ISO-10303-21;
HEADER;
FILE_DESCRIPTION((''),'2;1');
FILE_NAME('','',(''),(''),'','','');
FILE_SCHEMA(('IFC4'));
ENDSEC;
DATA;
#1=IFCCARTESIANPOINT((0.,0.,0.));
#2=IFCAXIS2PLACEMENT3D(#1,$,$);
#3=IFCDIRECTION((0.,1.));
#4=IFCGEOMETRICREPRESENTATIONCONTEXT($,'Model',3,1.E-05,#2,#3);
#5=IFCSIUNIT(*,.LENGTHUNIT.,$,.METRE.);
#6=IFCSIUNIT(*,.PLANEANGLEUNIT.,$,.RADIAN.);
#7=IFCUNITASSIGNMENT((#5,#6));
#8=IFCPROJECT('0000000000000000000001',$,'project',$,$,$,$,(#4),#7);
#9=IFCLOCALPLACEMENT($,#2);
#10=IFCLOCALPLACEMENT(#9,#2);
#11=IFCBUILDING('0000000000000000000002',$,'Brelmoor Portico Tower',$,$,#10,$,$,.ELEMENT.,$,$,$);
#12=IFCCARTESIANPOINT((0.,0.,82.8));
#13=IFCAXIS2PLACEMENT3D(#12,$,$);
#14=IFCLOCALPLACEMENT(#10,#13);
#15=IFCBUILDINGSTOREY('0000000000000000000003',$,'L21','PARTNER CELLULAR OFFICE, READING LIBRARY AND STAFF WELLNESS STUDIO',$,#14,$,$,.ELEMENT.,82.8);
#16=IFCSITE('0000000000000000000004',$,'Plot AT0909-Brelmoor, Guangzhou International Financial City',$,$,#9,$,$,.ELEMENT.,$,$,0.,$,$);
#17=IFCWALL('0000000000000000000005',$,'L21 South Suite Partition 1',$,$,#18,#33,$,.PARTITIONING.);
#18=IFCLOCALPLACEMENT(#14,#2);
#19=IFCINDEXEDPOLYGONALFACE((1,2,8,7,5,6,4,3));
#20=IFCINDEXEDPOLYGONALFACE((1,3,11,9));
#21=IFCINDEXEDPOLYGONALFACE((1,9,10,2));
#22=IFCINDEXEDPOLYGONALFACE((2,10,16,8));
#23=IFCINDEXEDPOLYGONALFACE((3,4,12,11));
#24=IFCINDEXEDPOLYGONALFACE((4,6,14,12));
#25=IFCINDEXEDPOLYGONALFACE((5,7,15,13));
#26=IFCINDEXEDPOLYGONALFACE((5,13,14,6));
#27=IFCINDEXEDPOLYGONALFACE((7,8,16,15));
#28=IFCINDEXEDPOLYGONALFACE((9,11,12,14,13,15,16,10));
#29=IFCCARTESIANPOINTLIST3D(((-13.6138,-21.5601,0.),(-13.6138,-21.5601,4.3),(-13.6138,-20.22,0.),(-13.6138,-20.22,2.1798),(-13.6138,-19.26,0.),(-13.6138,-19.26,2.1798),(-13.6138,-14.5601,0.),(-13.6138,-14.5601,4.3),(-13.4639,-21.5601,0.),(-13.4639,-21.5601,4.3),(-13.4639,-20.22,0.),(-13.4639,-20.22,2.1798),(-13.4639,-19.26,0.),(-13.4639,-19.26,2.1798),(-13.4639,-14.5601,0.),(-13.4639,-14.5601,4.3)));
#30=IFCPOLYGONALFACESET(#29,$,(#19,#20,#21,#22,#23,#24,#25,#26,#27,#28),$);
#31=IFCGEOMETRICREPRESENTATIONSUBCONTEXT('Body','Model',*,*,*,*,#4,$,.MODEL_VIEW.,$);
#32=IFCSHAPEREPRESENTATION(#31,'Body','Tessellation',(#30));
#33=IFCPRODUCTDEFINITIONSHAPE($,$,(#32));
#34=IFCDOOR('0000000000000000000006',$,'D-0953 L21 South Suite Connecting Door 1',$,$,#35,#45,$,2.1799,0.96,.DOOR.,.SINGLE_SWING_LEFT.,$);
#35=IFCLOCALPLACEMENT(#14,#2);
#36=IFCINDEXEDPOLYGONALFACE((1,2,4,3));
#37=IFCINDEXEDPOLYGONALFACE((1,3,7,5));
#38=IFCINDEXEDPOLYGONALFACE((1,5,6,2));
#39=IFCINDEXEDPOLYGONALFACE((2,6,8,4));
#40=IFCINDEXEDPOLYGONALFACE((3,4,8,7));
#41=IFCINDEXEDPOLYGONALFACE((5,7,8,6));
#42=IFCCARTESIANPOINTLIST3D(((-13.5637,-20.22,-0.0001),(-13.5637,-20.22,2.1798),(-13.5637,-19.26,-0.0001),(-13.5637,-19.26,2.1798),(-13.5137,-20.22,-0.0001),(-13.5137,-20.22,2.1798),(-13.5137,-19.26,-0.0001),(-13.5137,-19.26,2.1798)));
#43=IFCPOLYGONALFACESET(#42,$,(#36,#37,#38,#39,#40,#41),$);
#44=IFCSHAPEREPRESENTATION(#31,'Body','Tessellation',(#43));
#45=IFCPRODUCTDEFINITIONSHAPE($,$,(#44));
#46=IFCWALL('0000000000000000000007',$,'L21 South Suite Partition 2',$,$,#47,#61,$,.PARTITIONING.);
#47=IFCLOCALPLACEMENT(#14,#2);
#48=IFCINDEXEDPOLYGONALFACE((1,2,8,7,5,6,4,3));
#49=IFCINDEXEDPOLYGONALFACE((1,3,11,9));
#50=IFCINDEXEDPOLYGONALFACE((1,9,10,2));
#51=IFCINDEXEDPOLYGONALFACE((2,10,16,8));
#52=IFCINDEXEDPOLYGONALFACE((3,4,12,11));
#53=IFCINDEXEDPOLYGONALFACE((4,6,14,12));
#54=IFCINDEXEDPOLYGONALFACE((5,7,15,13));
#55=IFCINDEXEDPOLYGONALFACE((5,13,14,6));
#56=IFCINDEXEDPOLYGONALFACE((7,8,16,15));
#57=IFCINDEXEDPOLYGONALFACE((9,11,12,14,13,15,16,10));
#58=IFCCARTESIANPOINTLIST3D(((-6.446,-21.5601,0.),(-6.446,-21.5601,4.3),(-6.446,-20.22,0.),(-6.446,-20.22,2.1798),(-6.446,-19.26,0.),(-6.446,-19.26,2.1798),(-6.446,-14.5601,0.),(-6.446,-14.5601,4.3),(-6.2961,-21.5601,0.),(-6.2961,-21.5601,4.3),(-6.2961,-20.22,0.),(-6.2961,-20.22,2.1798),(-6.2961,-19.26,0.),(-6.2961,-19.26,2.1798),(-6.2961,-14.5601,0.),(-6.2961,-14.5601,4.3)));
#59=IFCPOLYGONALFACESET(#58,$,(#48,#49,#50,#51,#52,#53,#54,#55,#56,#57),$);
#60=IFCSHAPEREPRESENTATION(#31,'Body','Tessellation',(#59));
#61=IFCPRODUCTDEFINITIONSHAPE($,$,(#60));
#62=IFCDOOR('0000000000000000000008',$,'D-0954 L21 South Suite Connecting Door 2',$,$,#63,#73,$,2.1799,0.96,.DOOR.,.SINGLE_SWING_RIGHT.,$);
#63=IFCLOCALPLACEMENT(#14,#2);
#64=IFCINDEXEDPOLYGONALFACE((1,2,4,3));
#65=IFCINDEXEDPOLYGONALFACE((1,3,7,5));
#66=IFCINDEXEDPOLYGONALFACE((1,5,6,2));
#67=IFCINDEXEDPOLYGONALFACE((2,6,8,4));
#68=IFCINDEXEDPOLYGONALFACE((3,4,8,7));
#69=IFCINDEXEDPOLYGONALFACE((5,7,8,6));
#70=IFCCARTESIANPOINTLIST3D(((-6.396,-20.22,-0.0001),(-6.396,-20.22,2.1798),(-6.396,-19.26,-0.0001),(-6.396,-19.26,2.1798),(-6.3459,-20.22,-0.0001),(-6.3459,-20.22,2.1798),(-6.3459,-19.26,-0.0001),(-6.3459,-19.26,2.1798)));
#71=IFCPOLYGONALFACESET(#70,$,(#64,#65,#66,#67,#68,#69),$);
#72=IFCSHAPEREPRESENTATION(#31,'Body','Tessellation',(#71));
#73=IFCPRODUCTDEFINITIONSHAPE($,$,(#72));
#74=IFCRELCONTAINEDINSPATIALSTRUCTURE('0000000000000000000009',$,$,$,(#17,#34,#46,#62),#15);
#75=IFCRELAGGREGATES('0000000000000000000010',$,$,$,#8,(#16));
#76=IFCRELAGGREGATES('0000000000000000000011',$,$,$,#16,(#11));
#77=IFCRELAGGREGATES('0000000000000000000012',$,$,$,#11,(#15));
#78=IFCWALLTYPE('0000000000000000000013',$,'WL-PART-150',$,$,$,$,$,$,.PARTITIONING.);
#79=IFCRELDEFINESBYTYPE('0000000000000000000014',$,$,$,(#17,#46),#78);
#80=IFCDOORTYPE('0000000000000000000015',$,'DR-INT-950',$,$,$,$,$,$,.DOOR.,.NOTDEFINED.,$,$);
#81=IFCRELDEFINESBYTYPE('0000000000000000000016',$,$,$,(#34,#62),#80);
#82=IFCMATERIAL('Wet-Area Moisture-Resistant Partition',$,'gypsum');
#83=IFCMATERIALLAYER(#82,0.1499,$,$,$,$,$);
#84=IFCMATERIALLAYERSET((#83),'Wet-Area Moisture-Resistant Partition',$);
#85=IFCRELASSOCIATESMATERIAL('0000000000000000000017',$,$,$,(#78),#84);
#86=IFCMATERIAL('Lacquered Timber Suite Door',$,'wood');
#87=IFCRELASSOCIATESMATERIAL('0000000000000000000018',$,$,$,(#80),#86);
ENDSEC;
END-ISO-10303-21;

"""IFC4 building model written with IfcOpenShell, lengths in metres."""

from ifc_helpers import new_model, si_unit, direction, frame, frame_2d, origin, place, context, subcontext, project, spatial, rectangle, extrude, material, layer, layer_set, type_object, element, fill, save


model = new_model("IFC4")

# Units and contexts
model_context = context("Model", 3, precision=1e-05, world=origin(), true_north=direction((0.0, 1.0)))
body_context = subcontext(model_context, "Body", "Model", "MODEL_VIEW")
ifc_project = project(units=[si_unit("LENGTHUNIT", "METRE"), si_unit("PLANEANGLEUNIT", "RADIAN")], contexts=[model_context])

# Site, building, storey
site_placement = place(None, origin())
site = spatial("IfcSite", under=ifc_project, at=site_placement, Name="Plot AT0909-Brelmoor, Guangzhou International Financial City", CompositionType="ELEMENT", RefElevation=0.0)
building_placement = place(site_placement, origin())
building = spatial("IfcBuilding", under=site, at=building_placement, Name="Brelmoor Portico Tower", CompositionType="ELEMENT")
storey_placement = place(building_placement, frame((0.0, 0.0, 82.8)))
storey = spatial("IfcBuildingStorey", under=building, at=storey_placement, Name="L21", Description="PARTNER CELLULAR OFFICE, READING LIBRARY AND STAFF WELLNESS STUDIO", CompositionType="ELEMENT", Elevation=82.8)

# Walls, openings, doors
ifc_material_1 = material(Name="Wet-Area Moisture-Resistant Partition", Category="gypsum")
ifc_layer_1 = layer(ifc_material_1, 0.1499)
ifc_layer_set_1 = layer_set([ifc_layer_1], Name="Wet-Area Moisture-Resistant Partition")
wall_type = type_object("IfcWallType", Name="WL-PART-150", PredefinedType="PARTITIONING", material=ifc_layer_set_1)
wall_1_placement = place(storey_placement, frame((-13.5388, -21.5601, 0.0), z_axis=(0.0, 0.0, 1.0), x_axis=(0.0, 1.0, 0.0)))
wall_1 = element("IfcWall", 1, at=wall_1_placement, inside=storey, type_object=wall_type, Name="L21 South Suite Partition 1", PredefinedType="PARTITIONING", context=body_context, shape_type="SweptSolid", body=[
    extrude(rectangle(XDim=7.0, YDim=0.1499, at=frame_2d((3.5, 0.0))), origin(), (0.0, 0.0, 1.0), 4.3),
])
opening_1_placement = place(wall_1_placement, frame((1.3401, 0.0, 0.0)))
opening_1 = element("IfcOpeningElement", 2, at=opening_1_placement, cuts=wall_1, PredefinedType="OPENING", context=body_context, shape_type="SweptSolid", body=[
    extrude(rectangle(XDim=0.96, YDim=2.1799, at=frame_2d((0.48, 1.0898))), frame((0.0, 0.085, 0.0), z_axis=(0.0, -1.0, 0.0), x_axis=(1.0, 0.0, 0.0)), (0.0, 0.0, 1.0), 0.1699),
])
ifc_material_2 = material(Name="Lacquered Timber Suite Door", Category="wood")
door_type = type_object("IfcDoorType", Name="DR-INT-950", OperationType="NOTDEFINED", PredefinedType="DOOR", material=ifc_material_2)
door_1_placement = place(opening_1_placement, origin())
door_1 = element("IfcDoor", 3, at=door_1_placement, inside=storey, type_object=door_type, Name="D-0953 L21 South Suite Connecting Door 1", OperationType="SINGLE_SWING_LEFT", OverallHeight=2.1799, OverallWidth=0.96, PredefinedType="DOOR", context=body_context, shape_type="SweptSolid", body=[
    extrude(rectangle(XDim=0.96, YDim=2.1799, at=frame_2d((0.48, 1.0898))), frame((0.0, 0.0249, 0.0), z_axis=(0.0, -1.0, 0.0), x_axis=(1.0, 0.0, 0.0)), (0.0, 0.0, 1.0), 0.05),
])
fill(opening_1, door_1)
wall_2_placement = place(storey_placement, frame((-6.3711, -21.5601, 0.0), z_axis=(0.0, 0.0, 1.0), x_axis=(0.0, 1.0, 0.0)))
wall_2 = element("IfcWall", 4, at=wall_2_placement, inside=storey, type_object=wall_type, Name="L21 South Suite Partition 2", PredefinedType="PARTITIONING", context=body_context, shape_type="SweptSolid", body=[
    extrude(rectangle(XDim=7.0, YDim=0.1499, at=frame_2d((3.5, 0.0))), origin(), (0.0, 0.0, 1.0), 4.3),
])
opening_2_placement = place(wall_2_placement, frame((1.3401, 0.0, 0.0)))
opening_2 = element("IfcOpeningElement", 5, at=opening_2_placement, cuts=wall_2, PredefinedType="OPENING", context=body_context, shape_type="SweptSolid", body=[
    extrude(rectangle(XDim=0.96, YDim=2.1799, at=frame_2d((0.48, 1.0898))), frame((0.0, 0.085, 0.0), z_axis=(0.0, -1.0, 0.0), x_axis=(1.0, 0.0, 0.0)), (0.0, 0.0, 1.0), 0.1699),
])
door_2_placement = place(opening_2_placement, origin())
door_2 = element("IfcDoor", 6, at=door_2_placement, inside=storey, type_object=door_type, Name="D-0954 L21 South Suite Connecting Door 2", OperationType="SINGLE_SWING_RIGHT", OverallHeight=2.1799, OverallWidth=0.96, PredefinedType="DOOR", context=body_context, shape_type="SweptSolid", body=[
    extrude(rectangle(XDim=0.96, YDim=2.1799, at=frame_2d((0.48, 1.0898))), frame((0.0, 0.0249, 0.0), z_axis=(0.0, -1.0, 0.0), x_axis=(1.0, 0.0, 0.0)), (0.0, 0.0, 1.0), 0.05),
])
fill(opening_2, door_2)

save(model, "model.ifc")
